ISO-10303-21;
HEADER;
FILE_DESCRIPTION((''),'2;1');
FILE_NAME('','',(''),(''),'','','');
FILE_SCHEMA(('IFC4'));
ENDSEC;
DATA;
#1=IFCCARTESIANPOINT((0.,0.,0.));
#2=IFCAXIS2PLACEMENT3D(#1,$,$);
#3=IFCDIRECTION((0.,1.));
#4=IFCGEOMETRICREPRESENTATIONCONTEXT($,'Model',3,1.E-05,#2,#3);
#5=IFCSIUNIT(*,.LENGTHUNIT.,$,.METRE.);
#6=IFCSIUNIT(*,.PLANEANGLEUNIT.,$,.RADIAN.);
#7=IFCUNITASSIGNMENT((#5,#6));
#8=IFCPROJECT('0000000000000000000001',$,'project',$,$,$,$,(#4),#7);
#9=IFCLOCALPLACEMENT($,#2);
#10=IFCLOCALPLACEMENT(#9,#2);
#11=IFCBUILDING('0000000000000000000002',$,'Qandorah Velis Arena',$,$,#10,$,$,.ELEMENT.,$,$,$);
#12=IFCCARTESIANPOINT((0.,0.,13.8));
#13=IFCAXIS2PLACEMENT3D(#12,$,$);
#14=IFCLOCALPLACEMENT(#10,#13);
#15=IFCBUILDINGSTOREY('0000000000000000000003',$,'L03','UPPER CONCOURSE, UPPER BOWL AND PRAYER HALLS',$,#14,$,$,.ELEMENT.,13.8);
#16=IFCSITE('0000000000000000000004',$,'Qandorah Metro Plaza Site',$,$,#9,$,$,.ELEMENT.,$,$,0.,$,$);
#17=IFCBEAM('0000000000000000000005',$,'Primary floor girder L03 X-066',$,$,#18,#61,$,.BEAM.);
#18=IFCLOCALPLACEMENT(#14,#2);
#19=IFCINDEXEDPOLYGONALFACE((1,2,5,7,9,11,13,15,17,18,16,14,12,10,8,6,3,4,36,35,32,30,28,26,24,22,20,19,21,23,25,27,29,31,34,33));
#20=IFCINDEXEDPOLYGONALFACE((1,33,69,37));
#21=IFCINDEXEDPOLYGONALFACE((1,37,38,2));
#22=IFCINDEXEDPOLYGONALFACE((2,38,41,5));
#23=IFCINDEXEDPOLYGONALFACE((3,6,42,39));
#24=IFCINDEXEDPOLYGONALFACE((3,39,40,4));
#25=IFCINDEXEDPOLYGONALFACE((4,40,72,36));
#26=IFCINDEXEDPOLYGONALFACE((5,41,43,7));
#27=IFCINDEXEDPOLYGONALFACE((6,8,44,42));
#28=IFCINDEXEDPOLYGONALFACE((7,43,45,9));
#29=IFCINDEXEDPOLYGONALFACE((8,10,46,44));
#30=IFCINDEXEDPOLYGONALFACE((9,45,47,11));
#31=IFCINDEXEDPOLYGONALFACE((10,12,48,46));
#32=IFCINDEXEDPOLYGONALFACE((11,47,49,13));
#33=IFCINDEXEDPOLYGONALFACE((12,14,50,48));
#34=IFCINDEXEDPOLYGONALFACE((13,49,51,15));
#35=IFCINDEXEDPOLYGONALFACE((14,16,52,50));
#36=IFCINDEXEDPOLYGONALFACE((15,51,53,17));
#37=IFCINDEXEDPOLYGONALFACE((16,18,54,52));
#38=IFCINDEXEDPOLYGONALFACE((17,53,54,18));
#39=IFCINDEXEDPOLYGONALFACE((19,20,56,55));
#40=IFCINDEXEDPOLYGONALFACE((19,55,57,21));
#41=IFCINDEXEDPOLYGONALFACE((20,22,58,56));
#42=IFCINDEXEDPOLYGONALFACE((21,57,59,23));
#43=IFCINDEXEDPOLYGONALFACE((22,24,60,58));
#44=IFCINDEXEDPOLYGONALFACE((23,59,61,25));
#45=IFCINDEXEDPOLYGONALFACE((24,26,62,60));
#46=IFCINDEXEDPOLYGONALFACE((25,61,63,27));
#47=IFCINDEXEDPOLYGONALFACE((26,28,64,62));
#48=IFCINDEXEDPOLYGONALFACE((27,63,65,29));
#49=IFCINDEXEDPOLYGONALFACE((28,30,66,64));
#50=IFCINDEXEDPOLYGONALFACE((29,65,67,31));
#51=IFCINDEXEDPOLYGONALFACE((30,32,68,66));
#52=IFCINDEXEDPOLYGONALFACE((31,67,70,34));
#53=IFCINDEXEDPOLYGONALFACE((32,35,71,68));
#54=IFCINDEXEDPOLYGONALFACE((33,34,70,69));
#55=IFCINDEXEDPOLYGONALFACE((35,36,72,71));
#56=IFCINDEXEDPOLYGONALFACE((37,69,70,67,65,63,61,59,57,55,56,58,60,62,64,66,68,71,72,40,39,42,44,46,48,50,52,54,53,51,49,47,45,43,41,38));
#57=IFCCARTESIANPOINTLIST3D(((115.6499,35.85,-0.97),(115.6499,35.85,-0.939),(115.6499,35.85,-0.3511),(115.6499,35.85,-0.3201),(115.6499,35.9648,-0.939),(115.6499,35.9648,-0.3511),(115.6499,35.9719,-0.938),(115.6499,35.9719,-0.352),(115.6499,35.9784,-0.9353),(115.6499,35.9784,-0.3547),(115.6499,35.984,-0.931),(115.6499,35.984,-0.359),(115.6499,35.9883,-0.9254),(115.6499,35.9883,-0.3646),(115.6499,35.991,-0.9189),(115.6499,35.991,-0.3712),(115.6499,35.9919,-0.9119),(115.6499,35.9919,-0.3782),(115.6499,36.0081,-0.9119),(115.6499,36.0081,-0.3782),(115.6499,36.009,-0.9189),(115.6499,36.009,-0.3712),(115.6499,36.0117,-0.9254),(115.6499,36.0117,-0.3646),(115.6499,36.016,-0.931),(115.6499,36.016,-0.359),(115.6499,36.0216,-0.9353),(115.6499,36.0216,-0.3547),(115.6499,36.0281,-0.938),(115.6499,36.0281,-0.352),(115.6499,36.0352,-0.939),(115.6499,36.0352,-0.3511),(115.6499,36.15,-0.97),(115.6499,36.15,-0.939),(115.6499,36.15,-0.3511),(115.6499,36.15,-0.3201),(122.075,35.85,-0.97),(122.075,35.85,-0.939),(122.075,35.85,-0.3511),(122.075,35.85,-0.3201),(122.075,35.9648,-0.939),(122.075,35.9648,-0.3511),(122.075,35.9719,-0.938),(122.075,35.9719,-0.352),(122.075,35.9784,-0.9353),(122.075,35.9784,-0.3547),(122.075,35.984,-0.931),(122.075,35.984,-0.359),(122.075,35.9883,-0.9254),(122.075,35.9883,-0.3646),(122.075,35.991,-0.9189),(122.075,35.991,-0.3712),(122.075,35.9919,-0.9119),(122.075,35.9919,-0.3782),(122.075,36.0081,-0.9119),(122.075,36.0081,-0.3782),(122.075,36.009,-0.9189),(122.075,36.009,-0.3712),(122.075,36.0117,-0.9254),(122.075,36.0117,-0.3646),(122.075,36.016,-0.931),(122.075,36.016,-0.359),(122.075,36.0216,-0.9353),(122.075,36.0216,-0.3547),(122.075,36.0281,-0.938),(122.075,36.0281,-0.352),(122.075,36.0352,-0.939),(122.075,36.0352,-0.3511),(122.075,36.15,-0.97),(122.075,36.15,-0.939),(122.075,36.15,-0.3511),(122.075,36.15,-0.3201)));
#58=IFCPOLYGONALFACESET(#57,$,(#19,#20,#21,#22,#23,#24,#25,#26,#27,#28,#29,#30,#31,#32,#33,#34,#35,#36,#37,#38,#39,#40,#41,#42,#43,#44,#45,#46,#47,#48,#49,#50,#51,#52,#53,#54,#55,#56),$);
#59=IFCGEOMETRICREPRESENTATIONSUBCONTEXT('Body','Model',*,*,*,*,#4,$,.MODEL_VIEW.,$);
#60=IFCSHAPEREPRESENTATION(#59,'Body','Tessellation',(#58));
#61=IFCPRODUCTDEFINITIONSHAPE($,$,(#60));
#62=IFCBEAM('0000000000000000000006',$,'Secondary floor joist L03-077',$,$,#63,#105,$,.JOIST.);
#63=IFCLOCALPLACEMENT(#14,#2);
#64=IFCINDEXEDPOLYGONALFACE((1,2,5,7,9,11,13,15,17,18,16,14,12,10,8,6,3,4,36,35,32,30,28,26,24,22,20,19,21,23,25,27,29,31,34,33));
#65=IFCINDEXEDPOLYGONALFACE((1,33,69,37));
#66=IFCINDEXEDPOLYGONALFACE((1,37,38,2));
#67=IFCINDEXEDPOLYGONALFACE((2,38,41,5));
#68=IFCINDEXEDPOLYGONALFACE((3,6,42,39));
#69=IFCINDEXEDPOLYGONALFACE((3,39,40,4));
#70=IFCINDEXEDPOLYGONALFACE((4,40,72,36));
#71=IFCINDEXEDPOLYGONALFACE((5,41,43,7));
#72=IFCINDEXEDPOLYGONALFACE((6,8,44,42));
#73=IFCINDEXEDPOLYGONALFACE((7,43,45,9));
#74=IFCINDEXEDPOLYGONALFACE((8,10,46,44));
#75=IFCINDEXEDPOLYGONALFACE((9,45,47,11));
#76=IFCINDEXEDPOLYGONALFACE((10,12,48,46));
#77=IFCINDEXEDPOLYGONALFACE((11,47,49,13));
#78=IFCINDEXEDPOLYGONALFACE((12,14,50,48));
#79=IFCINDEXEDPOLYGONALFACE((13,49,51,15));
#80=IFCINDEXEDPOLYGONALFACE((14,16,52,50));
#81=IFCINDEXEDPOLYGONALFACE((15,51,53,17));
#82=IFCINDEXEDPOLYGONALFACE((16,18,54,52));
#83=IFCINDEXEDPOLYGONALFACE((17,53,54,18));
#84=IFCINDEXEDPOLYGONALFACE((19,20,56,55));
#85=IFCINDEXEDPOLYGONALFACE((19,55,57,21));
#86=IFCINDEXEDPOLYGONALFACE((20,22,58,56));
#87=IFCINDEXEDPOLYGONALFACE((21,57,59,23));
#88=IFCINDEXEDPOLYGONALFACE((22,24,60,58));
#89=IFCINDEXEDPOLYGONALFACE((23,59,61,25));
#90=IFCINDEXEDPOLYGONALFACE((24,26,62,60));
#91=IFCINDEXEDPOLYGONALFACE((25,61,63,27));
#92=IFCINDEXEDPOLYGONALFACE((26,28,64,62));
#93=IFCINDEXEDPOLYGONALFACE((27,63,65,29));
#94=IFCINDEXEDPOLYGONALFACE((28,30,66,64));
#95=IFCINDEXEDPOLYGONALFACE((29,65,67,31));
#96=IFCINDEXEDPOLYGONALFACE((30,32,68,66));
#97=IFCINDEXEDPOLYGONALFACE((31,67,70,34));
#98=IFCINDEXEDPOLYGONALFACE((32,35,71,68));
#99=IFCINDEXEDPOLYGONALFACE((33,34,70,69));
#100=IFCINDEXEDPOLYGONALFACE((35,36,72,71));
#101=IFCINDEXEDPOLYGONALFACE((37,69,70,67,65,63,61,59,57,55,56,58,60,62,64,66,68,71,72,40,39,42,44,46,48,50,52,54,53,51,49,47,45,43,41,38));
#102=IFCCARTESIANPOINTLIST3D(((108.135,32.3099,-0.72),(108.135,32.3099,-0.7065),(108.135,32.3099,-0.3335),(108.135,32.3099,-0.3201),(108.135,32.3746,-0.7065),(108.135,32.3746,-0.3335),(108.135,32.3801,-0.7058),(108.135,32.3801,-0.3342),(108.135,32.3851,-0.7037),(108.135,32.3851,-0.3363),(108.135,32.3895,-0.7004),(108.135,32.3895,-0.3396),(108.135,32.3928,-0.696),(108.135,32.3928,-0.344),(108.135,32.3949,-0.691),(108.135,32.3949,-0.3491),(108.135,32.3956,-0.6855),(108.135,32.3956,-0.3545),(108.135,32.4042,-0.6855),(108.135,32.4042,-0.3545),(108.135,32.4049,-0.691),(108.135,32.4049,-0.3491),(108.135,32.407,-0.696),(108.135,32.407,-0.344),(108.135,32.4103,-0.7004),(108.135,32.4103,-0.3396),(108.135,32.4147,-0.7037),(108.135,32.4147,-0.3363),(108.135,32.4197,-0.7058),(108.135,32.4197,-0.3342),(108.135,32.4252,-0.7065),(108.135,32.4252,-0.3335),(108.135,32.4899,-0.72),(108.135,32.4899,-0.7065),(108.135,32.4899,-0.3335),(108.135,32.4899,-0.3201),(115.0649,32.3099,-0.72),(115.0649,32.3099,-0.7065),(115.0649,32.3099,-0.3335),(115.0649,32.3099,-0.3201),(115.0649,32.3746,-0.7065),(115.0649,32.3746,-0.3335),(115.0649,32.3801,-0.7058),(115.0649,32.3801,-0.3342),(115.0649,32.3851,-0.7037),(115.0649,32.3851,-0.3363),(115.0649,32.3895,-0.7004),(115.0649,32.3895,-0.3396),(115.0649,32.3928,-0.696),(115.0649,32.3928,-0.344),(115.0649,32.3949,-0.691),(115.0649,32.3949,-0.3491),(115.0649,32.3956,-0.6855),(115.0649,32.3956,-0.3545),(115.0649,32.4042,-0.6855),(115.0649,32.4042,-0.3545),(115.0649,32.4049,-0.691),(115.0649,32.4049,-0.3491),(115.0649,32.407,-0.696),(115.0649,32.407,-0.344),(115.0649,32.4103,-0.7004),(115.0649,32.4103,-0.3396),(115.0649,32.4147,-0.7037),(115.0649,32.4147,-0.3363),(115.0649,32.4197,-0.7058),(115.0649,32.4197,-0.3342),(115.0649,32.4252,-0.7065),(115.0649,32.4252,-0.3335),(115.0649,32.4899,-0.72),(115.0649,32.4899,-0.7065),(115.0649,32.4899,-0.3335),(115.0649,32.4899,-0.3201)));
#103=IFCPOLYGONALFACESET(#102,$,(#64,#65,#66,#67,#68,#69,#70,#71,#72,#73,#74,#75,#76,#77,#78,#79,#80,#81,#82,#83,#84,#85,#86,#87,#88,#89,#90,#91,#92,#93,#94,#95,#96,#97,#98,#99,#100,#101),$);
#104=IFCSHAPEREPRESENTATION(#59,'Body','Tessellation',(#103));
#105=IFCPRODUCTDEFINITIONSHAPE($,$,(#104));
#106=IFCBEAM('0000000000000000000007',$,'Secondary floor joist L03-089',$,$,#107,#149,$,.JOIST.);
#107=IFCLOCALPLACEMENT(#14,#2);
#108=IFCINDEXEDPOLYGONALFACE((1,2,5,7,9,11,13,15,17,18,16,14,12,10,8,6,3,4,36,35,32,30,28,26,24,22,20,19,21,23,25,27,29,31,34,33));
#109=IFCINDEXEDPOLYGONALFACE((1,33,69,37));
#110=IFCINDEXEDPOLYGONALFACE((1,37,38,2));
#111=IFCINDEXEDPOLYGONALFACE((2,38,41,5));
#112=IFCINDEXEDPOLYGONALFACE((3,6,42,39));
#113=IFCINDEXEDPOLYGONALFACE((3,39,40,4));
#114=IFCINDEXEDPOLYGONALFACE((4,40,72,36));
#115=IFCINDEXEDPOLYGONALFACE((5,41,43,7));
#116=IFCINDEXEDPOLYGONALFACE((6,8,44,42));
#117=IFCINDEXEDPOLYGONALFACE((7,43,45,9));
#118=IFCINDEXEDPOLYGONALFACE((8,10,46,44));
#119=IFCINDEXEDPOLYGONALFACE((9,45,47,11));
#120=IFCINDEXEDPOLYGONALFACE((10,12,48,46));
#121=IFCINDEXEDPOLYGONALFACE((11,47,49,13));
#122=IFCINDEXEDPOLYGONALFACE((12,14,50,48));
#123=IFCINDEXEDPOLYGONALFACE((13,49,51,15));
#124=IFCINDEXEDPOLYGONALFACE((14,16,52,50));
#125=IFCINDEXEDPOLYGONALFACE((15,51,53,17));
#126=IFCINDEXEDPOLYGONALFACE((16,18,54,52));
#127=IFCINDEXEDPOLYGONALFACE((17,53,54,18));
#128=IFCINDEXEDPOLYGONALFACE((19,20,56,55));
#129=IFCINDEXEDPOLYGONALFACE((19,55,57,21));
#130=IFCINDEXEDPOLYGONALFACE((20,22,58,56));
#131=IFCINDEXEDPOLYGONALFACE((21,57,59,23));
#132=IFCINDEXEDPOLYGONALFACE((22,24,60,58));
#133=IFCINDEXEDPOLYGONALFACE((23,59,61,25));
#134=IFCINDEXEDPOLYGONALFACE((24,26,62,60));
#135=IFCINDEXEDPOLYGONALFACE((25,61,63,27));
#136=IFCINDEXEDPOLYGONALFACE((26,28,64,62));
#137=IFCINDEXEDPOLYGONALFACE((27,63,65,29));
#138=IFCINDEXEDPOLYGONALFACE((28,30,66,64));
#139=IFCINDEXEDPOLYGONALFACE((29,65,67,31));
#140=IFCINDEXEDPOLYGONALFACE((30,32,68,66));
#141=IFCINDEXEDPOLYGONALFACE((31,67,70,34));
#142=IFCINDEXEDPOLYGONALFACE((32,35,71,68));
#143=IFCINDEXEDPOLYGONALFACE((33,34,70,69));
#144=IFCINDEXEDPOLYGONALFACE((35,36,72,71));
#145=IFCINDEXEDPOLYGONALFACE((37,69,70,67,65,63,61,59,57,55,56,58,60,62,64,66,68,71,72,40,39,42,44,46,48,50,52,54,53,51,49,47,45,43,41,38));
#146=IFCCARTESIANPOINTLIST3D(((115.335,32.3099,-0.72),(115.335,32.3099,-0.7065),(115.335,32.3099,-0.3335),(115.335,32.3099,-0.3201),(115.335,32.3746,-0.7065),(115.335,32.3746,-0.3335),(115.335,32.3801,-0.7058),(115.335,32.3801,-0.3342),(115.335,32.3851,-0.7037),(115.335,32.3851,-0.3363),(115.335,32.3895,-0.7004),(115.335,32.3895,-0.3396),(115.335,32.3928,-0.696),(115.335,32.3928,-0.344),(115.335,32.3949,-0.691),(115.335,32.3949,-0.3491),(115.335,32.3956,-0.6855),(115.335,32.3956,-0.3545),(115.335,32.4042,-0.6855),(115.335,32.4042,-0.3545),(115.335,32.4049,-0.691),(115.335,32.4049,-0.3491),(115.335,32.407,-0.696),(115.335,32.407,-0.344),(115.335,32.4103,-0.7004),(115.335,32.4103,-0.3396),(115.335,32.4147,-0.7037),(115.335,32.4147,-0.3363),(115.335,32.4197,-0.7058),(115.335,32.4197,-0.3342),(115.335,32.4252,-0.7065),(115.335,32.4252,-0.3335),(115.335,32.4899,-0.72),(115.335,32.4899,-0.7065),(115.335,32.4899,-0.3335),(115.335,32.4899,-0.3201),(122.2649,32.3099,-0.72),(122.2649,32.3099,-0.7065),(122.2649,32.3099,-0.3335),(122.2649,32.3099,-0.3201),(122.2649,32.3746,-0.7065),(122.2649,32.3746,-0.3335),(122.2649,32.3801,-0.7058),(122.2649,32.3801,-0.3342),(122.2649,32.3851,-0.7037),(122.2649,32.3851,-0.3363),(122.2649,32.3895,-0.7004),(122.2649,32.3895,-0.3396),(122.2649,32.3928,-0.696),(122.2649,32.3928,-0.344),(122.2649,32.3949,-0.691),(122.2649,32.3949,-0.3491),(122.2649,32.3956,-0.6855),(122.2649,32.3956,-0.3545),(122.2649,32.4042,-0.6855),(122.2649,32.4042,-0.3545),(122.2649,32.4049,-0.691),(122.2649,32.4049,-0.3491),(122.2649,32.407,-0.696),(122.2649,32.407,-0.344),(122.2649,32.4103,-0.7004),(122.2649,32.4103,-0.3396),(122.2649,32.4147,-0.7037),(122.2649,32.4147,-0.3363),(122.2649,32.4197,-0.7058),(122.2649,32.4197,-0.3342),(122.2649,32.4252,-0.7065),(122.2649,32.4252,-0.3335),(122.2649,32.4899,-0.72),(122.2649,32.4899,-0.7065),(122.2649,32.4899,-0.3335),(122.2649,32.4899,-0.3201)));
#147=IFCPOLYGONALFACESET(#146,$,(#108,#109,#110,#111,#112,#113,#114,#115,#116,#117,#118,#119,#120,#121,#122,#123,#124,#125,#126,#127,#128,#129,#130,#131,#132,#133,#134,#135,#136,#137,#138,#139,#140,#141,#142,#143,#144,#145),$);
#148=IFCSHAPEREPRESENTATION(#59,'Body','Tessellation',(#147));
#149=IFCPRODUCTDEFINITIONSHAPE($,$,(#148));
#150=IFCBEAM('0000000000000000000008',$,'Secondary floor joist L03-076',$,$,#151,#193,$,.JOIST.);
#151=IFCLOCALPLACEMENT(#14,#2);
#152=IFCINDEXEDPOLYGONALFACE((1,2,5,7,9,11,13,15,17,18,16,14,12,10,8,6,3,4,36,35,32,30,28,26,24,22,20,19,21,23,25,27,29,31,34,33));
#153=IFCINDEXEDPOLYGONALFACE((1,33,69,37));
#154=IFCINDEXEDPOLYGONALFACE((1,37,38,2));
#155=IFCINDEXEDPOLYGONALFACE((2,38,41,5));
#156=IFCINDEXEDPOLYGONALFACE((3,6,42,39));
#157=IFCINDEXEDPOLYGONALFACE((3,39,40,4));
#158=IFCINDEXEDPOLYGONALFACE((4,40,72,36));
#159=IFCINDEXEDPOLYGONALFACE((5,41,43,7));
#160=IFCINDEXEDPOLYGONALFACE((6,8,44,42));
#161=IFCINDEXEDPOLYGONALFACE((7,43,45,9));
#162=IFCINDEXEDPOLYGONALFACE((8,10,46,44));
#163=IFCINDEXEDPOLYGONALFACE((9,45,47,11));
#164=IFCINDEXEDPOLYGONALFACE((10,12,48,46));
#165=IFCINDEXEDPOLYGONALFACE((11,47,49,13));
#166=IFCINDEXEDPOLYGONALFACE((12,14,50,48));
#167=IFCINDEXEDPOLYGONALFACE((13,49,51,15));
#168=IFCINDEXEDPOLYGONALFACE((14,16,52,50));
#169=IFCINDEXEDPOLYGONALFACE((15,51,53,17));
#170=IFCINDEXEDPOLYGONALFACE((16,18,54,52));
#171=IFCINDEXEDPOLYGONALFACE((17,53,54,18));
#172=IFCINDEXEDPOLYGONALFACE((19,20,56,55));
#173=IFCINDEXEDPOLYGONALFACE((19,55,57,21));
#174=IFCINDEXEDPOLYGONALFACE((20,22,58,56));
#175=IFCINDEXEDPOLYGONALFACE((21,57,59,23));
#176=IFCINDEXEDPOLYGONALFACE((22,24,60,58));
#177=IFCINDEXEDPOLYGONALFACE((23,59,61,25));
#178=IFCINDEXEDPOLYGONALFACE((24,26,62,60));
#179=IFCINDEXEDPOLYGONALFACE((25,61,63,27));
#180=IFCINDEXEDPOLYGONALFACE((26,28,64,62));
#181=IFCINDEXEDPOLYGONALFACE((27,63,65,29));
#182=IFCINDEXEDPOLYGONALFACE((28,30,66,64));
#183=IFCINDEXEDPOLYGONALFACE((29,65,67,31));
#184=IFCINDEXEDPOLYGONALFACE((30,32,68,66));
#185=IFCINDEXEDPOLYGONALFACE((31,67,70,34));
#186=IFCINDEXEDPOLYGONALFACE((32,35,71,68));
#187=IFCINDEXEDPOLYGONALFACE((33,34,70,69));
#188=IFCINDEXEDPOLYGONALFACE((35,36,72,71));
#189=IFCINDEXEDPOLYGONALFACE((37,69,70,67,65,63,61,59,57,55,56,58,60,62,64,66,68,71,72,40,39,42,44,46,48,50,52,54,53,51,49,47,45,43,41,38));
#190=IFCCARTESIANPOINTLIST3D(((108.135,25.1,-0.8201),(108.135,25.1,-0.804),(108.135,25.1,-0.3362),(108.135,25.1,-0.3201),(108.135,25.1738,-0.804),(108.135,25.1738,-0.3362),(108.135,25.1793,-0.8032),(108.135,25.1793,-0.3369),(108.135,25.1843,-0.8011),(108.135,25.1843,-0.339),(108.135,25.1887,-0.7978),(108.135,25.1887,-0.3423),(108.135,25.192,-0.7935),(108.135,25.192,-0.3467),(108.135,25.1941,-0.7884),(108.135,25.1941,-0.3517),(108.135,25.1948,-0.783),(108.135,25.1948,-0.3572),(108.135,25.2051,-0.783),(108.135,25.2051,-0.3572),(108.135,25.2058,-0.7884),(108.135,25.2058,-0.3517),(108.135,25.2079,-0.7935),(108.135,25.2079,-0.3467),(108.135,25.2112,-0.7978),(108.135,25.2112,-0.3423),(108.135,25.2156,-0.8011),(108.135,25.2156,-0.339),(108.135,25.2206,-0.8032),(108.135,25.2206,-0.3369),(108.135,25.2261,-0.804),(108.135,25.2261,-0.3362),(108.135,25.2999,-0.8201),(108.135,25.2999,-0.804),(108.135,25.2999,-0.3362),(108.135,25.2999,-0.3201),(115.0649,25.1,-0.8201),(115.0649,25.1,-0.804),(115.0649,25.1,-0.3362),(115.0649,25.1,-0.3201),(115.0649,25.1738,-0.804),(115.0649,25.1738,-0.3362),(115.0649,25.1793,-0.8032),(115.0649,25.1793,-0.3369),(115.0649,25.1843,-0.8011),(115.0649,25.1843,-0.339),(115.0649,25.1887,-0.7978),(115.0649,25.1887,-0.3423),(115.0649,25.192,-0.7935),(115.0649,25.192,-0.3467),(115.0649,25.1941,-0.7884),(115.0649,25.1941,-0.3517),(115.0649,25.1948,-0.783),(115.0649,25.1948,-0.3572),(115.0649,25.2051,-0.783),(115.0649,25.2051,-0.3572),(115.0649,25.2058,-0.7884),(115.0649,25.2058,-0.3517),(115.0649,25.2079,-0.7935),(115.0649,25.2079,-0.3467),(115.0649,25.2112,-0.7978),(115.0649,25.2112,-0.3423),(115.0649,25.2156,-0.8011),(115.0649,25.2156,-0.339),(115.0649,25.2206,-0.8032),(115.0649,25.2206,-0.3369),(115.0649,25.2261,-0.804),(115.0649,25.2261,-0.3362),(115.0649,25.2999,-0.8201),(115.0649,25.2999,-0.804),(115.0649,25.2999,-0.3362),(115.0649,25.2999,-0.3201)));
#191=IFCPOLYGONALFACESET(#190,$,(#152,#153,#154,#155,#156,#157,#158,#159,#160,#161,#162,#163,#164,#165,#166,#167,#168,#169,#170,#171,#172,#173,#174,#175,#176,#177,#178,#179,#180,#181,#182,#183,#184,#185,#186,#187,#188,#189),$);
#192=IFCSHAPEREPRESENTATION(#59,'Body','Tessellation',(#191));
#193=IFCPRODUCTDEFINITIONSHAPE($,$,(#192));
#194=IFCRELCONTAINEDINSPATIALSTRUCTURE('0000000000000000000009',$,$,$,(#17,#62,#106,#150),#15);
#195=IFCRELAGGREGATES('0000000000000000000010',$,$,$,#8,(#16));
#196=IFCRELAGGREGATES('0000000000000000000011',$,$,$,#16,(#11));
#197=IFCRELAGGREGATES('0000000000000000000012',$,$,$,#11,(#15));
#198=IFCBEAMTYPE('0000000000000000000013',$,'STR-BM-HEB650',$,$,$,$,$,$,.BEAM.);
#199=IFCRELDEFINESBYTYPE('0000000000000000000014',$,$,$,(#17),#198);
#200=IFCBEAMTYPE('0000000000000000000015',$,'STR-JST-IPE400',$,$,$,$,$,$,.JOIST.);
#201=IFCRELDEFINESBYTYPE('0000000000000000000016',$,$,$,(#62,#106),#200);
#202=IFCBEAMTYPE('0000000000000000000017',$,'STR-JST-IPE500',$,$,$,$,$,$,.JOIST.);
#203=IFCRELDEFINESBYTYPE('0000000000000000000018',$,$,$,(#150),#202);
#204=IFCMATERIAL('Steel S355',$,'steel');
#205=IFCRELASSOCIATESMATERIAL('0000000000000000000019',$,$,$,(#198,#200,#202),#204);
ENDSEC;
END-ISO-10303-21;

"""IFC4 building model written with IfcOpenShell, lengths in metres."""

from ifc_helpers import new_model, si_unit, direction, frame, origin, origin_2d, place, context, subcontext, project, spatial, i_section, extrude, material, material_profile, profile_set, type_object, element, save


model = new_model("IFC4")

# Units and contexts
model_context = context("Model", 3, precision=1e-05, world=origin(), true_north=direction((0.0, 1.0)))
body_context = subcontext(model_context, "Body", "Model", "MODEL_VIEW")
ifc_project = project(units=[si_unit("LENGTHUNIT", "METRE"), si_unit("PLANEANGLEUNIT", "RADIAN")], contexts=[model_context])

# Site, building, storey
site_placement = place(None, origin())
site = spatial("IfcSite", under=ifc_project, at=site_placement, Name="Qandorah Metro Plaza Site", CompositionType="ELEMENT", RefElevation=0.0)
building_placement = place(site_placement, origin())
building = spatial("IfcBuilding", under=site, at=building_placement, Name="Qandorah Velis Arena", CompositionType="ELEMENT")
storey_placement = place(building_placement, frame((0.0, 0.0, 13.8)))
storey = spatial("IfcBuildingStorey", under=building, at=storey_placement, Name="L03", Description="UPPER CONCOURSE, UPPER BOWL AND PRAYER HALLS", CompositionType="ELEMENT", Elevation=13.8)

# Beams
ifc_material_1 = material(Name="Steel S355", Category="steel")
ifc_material_profile_1 = material_profile(ifc_material_1, i_section(OverallWidth=0.3, OverallDepth=0.6499, WebThickness=0.0161, FlangeThickness=0.031, FilletRadius=0.0271, at=origin_2d()), Name="HEB 650")
ifc_profile_set_1 = profile_set([ifc_material_profile_1], Name="Steel S355")
beam_type_1 = type_object("IfcBeamType", Name="STR-BM-HEB650", PredefinedType="BEAM", material=ifc_profile_set_1)
for number, where, z_axis, x_axis, name in (
    (1, (115.6499, 36.0, -0.645), (1.0, 0.0, 0.0), (0.0, 1.0, 0.0), "Primary floor girder L03 X-066"),
):
    element("IfcBeam", number, at=place(storey_placement, frame(where, z_axis=z_axis, x_axis=x_axis)), inside=storey, type_object=beam_type_1, Name=name, PredefinedType="BEAM", context=body_context, shape_type="SweptSolid", body=[
        extrude(i_section(OverallWidth=0.3, OverallDepth=0.6499, WebThickness=0.0161, FlangeThickness=0.031, FilletRadius=0.0271, at=origin_2d()), origin(), (0.0, 0.0, 1.0), 6.425),
    ])
ifc_material_profile_2 = material_profile(ifc_material_1, i_section(OverallWidth=0.1799, OverallDepth=0.3999, WebThickness=0.0085, FlangeThickness=0.0134, FilletRadius=0.021, at=origin_2d()), Name="IPE 400")
ifc_profile_set_2 = profile_set([ifc_material_profile_2], Name="Steel S355")
beam_type_2 = type_object("IfcBeamType", Name="STR-JST-IPE400", PredefinedType="JOIST", material=ifc_profile_set_2)
for number, where, z_axis, x_axis, name in (
    (2, (108.135, 32.3999, -0.52), (1.0, 0.0, 0.0), (0.0, 1.0, 0.0), "Secondary floor joist L03-077"),
    (3, (115.335, 32.3999, -0.52), (1.0, 0.0, 0.0), (0.0, 1.0, 0.0), "Secondary floor joist L03-089"),
):
    element("IfcBeam", number, at=place(storey_placement, frame(where, z_axis=z_axis, x_axis=x_axis)), inside=storey, type_object=beam_type_2, Name=name, PredefinedType="JOIST", context=body_context, shape_type="SweptSolid", body=[
        extrude(i_section(OverallWidth=0.1799, OverallDepth=0.3999, WebThickness=0.0085, FlangeThickness=0.0134, FilletRadius=0.021, at=origin_2d()), origin(), (0.0, 0.0, 1.0), 6.9299),
    ])
ifc_material_profile_3 = material_profile(ifc_material_1, i_section(OverallWidth=0.2, OverallDepth=0.5, WebThickness=0.0103, FlangeThickness=0.0161, FilletRadius=0.021, at=origin_2d()), Name="IPE 500")
ifc_profile_set_3 = profile_set([ifc_material_profile_3], Name="Steel S355")
beam_type_3 = type_object("IfcBeamType", Name="STR-JST-IPE500", PredefinedType="JOIST", material=ifc_profile_set_3)
beam_1_placement = place(storey_placement, frame((108.135, 25.2, -0.5701), z_axis=(1.0, 0.0, 0.0), x_axis=(0.0, 1.0, 0.0)))
element("IfcBeam", 4, at=beam_1_placement, inside=storey, type_object=beam_type_3, Name="Secondary floor joist L03-076", PredefinedType="JOIST", context=body_context, shape_type="SweptSolid", body=[
    extrude(i_section(OverallWidth=0.2, OverallDepth=0.5, WebThickness=0.0103, FlangeThickness=0.0161, FilletRadius=0.021, at=origin_2d()), origin(), (0.0, 0.0, 1.0), 6.9299),
])

save(model, "model.ifc")
